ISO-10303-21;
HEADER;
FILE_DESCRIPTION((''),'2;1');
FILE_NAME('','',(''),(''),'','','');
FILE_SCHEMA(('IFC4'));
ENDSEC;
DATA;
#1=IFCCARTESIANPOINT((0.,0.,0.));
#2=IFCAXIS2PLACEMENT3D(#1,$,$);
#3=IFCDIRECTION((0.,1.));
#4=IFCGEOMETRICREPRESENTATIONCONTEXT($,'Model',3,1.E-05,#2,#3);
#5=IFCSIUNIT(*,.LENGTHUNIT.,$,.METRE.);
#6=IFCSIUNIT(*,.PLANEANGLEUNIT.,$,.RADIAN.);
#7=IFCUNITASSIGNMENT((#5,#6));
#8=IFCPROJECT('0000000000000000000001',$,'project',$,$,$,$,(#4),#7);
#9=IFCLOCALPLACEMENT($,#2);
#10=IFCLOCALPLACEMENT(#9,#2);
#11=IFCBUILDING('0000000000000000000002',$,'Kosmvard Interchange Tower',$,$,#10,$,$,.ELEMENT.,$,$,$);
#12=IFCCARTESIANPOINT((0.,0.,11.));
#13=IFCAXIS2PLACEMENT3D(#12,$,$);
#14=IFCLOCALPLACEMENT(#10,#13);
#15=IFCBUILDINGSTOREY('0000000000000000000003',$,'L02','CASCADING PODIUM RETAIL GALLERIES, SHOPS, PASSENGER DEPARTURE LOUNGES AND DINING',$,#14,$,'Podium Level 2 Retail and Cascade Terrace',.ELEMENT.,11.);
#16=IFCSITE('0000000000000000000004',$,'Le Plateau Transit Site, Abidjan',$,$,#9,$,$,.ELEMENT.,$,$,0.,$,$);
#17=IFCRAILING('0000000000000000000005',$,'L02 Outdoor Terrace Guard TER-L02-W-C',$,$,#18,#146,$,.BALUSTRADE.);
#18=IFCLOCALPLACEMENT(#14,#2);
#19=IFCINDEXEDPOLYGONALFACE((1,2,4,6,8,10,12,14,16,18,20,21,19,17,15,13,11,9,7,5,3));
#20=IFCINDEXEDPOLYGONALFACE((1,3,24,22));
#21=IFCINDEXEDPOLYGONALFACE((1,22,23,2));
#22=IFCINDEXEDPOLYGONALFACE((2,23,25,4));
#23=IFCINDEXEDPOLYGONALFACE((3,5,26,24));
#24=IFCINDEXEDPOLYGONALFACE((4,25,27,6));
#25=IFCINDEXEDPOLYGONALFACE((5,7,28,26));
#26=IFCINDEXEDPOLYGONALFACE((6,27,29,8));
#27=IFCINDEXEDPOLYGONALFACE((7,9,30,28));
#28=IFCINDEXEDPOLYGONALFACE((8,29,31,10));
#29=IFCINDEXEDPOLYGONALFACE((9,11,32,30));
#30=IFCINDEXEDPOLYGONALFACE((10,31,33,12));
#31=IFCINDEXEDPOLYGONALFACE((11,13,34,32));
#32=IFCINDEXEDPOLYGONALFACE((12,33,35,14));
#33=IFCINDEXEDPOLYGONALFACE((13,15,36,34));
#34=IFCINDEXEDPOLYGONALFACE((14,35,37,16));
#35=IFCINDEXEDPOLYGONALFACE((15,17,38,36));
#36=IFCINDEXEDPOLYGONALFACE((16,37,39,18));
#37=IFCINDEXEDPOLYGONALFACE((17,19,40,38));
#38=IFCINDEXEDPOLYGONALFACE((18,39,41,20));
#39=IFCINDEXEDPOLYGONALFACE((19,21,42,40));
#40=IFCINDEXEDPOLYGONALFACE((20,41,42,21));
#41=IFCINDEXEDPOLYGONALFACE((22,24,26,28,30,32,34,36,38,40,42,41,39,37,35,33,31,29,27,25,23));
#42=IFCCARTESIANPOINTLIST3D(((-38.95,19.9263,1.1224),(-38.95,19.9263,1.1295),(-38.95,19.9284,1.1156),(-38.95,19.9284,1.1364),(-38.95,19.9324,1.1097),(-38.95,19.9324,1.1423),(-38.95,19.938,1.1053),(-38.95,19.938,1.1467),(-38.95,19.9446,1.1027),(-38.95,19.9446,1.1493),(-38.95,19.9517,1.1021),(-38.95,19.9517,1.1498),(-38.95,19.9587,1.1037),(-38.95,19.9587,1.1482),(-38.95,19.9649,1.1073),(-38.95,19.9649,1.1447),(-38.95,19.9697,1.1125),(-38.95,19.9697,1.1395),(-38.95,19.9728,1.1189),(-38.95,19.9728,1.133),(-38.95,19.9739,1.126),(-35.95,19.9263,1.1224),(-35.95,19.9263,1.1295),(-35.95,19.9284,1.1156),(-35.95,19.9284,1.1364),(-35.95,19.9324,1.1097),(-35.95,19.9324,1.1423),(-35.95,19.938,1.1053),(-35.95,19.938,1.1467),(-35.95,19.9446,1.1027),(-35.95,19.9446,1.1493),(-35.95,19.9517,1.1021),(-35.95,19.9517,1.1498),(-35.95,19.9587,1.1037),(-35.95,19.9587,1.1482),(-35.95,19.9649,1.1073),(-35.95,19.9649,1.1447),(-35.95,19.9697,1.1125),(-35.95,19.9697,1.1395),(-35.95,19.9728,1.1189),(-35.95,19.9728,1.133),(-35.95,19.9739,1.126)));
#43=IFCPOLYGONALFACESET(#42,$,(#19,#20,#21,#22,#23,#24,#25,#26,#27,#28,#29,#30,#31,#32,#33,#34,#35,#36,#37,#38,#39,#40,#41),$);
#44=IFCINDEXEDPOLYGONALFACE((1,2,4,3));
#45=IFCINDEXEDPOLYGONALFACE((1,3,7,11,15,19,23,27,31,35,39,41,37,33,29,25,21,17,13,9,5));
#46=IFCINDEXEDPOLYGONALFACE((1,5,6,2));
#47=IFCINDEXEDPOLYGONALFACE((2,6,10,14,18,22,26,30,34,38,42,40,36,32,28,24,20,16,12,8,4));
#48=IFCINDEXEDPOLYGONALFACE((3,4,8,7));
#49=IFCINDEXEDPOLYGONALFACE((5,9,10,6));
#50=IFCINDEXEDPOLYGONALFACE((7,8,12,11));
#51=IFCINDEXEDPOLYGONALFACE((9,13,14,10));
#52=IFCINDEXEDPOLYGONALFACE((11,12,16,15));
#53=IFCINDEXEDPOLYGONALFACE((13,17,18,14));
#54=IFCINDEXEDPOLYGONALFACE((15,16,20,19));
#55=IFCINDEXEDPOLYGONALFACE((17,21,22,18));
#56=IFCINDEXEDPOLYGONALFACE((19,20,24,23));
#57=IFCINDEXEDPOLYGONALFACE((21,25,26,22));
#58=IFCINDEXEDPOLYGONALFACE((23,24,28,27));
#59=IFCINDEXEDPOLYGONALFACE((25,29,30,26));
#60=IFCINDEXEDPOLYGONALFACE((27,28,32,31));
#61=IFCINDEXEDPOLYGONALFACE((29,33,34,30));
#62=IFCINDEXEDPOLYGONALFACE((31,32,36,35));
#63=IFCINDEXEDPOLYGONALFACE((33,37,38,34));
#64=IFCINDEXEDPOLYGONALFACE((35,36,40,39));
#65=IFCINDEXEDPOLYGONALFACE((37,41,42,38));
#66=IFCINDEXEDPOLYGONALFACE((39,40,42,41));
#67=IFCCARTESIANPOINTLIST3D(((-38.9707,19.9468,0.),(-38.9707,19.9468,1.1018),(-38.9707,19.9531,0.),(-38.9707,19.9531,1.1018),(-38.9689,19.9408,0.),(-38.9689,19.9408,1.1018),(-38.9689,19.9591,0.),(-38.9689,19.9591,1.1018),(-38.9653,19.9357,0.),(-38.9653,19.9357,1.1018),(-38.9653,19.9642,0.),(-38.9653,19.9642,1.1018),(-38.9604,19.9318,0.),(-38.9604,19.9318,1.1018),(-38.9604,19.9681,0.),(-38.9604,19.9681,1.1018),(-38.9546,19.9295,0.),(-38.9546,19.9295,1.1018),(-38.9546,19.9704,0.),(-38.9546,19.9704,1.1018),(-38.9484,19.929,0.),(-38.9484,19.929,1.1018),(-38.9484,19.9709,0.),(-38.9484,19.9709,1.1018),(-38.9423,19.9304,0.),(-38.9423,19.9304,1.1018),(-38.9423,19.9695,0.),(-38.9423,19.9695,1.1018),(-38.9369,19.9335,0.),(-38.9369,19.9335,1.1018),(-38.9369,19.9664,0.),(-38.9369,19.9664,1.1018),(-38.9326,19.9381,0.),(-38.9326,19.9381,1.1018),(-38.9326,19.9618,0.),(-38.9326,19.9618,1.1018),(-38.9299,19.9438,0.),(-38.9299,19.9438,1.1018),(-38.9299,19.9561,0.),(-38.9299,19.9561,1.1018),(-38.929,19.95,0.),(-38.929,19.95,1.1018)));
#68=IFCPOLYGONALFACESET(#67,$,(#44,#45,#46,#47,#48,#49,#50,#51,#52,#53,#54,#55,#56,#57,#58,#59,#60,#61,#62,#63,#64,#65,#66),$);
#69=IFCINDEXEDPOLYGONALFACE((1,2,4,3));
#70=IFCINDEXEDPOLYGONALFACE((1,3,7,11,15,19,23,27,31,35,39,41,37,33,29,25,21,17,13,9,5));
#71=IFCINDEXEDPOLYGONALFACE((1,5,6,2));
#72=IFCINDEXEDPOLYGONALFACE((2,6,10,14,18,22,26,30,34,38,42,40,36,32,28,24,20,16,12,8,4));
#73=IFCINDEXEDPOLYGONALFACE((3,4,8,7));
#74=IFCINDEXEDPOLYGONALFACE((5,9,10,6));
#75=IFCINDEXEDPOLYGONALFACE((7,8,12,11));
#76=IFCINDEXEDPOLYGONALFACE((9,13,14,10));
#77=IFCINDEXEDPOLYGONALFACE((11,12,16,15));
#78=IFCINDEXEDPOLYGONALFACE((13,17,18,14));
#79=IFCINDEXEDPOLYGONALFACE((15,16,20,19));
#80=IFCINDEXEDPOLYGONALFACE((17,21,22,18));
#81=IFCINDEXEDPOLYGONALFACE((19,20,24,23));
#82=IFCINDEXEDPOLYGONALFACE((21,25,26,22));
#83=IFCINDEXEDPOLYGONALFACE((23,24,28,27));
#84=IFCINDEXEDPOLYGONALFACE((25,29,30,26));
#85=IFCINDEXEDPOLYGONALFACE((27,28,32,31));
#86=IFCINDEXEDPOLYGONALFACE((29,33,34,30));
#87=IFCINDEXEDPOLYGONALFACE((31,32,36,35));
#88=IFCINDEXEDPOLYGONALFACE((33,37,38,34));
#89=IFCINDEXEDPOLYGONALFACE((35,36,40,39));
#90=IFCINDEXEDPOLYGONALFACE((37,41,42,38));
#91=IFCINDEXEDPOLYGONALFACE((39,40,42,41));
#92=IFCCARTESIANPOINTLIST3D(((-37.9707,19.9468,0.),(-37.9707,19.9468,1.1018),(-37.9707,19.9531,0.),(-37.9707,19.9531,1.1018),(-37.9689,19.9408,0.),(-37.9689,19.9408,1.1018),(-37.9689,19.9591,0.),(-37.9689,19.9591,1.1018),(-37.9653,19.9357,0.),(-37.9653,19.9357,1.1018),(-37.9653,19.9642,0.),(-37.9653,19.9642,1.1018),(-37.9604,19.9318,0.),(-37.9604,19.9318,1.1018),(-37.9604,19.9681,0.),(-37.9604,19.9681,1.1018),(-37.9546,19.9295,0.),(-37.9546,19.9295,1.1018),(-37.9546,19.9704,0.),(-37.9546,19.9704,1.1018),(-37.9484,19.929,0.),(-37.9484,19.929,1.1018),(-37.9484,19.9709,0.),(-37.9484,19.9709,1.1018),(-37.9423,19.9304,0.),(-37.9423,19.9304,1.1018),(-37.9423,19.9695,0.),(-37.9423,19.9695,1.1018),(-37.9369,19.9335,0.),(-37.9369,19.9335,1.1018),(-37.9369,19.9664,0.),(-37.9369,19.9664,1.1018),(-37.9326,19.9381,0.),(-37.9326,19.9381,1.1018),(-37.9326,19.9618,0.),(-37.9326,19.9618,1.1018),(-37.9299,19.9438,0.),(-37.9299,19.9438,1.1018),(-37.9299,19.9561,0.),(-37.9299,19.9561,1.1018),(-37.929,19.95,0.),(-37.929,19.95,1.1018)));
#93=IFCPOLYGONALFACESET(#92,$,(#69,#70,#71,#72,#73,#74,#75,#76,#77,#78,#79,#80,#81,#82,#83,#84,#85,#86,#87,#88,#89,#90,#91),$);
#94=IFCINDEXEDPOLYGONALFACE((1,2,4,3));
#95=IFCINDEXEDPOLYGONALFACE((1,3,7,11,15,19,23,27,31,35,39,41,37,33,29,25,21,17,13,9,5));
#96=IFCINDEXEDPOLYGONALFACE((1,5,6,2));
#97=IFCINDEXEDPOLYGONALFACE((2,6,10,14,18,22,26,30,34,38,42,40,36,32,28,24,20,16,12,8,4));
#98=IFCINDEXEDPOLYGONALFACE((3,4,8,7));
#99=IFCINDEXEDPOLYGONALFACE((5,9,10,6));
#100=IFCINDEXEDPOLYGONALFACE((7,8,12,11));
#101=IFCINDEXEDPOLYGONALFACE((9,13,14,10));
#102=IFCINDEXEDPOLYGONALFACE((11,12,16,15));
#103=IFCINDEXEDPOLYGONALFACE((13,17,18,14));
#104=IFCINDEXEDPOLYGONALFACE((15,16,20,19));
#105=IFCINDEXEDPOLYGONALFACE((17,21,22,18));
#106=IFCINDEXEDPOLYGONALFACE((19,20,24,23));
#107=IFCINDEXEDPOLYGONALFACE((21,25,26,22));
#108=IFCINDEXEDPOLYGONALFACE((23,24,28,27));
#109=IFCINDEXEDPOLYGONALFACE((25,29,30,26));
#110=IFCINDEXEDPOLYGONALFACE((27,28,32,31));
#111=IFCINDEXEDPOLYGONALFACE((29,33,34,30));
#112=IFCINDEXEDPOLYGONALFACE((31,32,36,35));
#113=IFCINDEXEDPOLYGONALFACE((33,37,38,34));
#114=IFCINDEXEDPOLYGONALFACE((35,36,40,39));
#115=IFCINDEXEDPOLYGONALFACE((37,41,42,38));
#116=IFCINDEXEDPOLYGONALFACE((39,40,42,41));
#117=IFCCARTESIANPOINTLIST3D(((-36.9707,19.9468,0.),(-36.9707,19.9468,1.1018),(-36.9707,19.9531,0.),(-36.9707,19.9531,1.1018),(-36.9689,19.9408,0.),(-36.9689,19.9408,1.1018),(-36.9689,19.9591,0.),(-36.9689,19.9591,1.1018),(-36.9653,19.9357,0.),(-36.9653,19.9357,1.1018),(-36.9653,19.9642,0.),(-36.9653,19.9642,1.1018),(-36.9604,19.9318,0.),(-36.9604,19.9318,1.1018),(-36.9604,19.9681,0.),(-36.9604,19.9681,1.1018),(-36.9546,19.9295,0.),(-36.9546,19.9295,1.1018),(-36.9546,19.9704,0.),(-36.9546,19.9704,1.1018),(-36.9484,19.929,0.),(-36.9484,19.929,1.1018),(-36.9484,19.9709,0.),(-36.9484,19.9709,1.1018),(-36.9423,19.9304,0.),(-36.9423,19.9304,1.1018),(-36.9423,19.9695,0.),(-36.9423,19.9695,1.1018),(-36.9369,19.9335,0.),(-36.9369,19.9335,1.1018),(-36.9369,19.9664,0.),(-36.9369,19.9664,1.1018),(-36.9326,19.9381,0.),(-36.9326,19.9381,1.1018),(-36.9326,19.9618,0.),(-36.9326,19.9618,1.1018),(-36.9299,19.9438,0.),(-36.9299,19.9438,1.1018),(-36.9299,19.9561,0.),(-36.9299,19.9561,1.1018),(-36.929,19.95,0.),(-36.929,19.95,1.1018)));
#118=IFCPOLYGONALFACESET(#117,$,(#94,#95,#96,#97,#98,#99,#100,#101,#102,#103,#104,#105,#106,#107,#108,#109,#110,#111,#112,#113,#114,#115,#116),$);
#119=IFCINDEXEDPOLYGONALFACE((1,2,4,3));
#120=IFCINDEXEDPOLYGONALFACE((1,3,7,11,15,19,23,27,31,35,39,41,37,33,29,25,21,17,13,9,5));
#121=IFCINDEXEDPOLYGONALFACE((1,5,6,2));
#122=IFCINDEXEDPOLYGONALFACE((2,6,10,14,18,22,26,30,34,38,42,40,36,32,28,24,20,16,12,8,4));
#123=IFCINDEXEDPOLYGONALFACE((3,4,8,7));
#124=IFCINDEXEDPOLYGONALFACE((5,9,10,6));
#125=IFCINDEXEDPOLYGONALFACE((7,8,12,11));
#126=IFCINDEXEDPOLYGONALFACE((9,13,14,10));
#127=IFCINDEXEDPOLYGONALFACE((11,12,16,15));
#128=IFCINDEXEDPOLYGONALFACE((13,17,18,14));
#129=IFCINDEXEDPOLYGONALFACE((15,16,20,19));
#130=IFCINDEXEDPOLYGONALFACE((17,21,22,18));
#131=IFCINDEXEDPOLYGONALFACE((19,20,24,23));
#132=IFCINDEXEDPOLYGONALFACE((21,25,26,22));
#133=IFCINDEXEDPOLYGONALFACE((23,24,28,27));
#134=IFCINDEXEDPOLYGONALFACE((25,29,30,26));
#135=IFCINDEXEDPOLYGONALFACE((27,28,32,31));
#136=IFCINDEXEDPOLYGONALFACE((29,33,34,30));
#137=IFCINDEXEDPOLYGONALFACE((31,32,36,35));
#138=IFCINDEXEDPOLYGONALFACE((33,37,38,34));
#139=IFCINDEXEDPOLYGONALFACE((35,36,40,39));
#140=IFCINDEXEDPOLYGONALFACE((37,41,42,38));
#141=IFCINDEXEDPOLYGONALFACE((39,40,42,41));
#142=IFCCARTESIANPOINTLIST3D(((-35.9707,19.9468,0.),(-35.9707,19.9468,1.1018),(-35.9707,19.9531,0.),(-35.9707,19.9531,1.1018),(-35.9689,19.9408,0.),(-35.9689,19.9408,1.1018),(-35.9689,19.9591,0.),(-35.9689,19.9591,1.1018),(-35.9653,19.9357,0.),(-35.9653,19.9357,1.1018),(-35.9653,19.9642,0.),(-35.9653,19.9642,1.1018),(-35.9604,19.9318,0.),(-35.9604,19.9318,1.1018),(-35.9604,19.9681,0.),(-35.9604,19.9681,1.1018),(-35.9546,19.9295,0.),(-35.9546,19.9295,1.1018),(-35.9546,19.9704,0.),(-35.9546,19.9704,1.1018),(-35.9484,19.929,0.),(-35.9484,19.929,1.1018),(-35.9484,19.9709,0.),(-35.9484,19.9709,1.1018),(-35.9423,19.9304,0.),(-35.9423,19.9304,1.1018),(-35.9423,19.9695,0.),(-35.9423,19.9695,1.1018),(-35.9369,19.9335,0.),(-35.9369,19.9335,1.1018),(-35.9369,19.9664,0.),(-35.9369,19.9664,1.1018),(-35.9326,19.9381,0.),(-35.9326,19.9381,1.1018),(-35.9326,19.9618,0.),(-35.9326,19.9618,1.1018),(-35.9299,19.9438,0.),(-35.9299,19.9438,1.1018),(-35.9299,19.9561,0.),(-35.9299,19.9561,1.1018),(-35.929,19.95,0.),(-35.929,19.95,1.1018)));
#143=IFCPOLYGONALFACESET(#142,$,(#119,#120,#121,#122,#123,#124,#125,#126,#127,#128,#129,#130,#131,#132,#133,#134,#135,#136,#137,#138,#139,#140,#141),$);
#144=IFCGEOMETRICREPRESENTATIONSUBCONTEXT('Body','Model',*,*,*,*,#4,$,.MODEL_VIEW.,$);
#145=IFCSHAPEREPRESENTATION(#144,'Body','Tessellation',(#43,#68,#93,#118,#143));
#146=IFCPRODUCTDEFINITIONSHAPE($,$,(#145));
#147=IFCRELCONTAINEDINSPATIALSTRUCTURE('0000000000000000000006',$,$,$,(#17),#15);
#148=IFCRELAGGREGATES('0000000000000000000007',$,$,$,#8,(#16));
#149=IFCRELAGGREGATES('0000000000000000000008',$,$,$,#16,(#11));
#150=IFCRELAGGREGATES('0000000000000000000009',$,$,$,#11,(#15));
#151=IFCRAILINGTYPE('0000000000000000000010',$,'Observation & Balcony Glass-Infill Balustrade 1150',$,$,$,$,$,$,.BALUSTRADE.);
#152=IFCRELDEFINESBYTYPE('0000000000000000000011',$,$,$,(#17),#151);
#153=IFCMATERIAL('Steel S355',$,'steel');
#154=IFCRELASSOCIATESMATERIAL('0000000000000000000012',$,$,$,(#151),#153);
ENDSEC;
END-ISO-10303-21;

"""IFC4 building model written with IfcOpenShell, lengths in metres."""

from ifc_helpers import new_model, si_unit, direction, frame, origin, origin_2d, place, context, subcontext, project, spatial, circle, extrude, source, transform, mapped, material, type_object, element, save


model = new_model("IFC4")

# Units and contexts
model_context = context("Model", 3, precision=1e-05, world=origin(), true_north=direction((0.0, 1.0)))
body_context = subcontext(model_context, "Body", "Model", "MODEL_VIEW")
ifc_project = project(units=[si_unit("LENGTHUNIT", "METRE"), si_unit("PLANEANGLEUNIT", "RADIAN")], contexts=[model_context])

# Site, building, storey
site_placement = place(None, origin())
site = spatial("IfcSite", under=ifc_project, at=site_placement, Name="Le Plateau Transit Site, Abidjan", CompositionType="ELEMENT", RefElevation=0.0)
building_placement = place(site_placement, origin())
building = spatial("IfcBuilding", under=site, at=building_placement, Name="Kosmvard Interchange Tower", CompositionType="ELEMENT")
storey_placement = place(building_placement, frame((0.0, 0.0, 11.0)))
storey = spatial("IfcBuildingStorey", under=building, at=storey_placement, Name="L02", Description="CASCADING PODIUM RETAIL GALLERIES, SHOPS, PASSENGER DEPARTURE LOUNGES AND DINING", LongName="Podium Level 2 Retail and Cascade Terrace", CompositionType="ELEMENT", Elevation=11.0)

# Shared definitions
ifc_material_1 = material(Name="Steel S355", Category="steel")

# Railing
railing_type_1 = type_object("IfcRailingType", Name="Observation & Balcony Glass-Infill Balustrade 1150", PredefinedType="BALUSTRADE", material=ifc_material_1)
shared_shape_1 = source(origin(), body_context, "Body", "SweptSolid", [
    extrude(circle(Radius=0.0239, at=origin_2d()), frame((0.0, 0.0, 1.126), z_axis=(1.0, 0.0, 0.0), x_axis=(0.0, 1.0, 0.0)), (0.0, 0.0, 1.0), 3.0),
    extrude(circle(Radius=0.021, at=origin_2d()), origin(), (0.0, 0.0, 1.0), 1.1018),
    extrude(circle(Radius=0.021, at=origin_2d()), frame((1.0, 0.0, 0.0)), (0.0, 0.0, 1.0), 1.1018),
    extrude(circle(Radius=0.021, at=origin_2d()), frame((2.0, 0.0, 0.0)), (0.0, 0.0, 1.0), 1.1018),
    extrude(circle(Radius=0.021, at=origin_2d()), frame((3.0, 0.0, 0.0)), (0.0, 0.0, 1.0), 1.1018),
])
railing_1_placement = place(storey_placement, frame((-38.95, 19.95, 0.0)))
element("IfcRailing", 1, at=railing_1_placement, inside=storey, type_object=railing_type_1, Name="L02 Outdoor Terrace Guard TER-L02-W-C", PredefinedType="BALUSTRADE", context=body_context, shape_type="MappedRepresentation", body=[
    mapped(shared_shape_1, transform((0.0, 0.0, 0.0), scale=1.0)),
])

save(model, "model.ifc")
